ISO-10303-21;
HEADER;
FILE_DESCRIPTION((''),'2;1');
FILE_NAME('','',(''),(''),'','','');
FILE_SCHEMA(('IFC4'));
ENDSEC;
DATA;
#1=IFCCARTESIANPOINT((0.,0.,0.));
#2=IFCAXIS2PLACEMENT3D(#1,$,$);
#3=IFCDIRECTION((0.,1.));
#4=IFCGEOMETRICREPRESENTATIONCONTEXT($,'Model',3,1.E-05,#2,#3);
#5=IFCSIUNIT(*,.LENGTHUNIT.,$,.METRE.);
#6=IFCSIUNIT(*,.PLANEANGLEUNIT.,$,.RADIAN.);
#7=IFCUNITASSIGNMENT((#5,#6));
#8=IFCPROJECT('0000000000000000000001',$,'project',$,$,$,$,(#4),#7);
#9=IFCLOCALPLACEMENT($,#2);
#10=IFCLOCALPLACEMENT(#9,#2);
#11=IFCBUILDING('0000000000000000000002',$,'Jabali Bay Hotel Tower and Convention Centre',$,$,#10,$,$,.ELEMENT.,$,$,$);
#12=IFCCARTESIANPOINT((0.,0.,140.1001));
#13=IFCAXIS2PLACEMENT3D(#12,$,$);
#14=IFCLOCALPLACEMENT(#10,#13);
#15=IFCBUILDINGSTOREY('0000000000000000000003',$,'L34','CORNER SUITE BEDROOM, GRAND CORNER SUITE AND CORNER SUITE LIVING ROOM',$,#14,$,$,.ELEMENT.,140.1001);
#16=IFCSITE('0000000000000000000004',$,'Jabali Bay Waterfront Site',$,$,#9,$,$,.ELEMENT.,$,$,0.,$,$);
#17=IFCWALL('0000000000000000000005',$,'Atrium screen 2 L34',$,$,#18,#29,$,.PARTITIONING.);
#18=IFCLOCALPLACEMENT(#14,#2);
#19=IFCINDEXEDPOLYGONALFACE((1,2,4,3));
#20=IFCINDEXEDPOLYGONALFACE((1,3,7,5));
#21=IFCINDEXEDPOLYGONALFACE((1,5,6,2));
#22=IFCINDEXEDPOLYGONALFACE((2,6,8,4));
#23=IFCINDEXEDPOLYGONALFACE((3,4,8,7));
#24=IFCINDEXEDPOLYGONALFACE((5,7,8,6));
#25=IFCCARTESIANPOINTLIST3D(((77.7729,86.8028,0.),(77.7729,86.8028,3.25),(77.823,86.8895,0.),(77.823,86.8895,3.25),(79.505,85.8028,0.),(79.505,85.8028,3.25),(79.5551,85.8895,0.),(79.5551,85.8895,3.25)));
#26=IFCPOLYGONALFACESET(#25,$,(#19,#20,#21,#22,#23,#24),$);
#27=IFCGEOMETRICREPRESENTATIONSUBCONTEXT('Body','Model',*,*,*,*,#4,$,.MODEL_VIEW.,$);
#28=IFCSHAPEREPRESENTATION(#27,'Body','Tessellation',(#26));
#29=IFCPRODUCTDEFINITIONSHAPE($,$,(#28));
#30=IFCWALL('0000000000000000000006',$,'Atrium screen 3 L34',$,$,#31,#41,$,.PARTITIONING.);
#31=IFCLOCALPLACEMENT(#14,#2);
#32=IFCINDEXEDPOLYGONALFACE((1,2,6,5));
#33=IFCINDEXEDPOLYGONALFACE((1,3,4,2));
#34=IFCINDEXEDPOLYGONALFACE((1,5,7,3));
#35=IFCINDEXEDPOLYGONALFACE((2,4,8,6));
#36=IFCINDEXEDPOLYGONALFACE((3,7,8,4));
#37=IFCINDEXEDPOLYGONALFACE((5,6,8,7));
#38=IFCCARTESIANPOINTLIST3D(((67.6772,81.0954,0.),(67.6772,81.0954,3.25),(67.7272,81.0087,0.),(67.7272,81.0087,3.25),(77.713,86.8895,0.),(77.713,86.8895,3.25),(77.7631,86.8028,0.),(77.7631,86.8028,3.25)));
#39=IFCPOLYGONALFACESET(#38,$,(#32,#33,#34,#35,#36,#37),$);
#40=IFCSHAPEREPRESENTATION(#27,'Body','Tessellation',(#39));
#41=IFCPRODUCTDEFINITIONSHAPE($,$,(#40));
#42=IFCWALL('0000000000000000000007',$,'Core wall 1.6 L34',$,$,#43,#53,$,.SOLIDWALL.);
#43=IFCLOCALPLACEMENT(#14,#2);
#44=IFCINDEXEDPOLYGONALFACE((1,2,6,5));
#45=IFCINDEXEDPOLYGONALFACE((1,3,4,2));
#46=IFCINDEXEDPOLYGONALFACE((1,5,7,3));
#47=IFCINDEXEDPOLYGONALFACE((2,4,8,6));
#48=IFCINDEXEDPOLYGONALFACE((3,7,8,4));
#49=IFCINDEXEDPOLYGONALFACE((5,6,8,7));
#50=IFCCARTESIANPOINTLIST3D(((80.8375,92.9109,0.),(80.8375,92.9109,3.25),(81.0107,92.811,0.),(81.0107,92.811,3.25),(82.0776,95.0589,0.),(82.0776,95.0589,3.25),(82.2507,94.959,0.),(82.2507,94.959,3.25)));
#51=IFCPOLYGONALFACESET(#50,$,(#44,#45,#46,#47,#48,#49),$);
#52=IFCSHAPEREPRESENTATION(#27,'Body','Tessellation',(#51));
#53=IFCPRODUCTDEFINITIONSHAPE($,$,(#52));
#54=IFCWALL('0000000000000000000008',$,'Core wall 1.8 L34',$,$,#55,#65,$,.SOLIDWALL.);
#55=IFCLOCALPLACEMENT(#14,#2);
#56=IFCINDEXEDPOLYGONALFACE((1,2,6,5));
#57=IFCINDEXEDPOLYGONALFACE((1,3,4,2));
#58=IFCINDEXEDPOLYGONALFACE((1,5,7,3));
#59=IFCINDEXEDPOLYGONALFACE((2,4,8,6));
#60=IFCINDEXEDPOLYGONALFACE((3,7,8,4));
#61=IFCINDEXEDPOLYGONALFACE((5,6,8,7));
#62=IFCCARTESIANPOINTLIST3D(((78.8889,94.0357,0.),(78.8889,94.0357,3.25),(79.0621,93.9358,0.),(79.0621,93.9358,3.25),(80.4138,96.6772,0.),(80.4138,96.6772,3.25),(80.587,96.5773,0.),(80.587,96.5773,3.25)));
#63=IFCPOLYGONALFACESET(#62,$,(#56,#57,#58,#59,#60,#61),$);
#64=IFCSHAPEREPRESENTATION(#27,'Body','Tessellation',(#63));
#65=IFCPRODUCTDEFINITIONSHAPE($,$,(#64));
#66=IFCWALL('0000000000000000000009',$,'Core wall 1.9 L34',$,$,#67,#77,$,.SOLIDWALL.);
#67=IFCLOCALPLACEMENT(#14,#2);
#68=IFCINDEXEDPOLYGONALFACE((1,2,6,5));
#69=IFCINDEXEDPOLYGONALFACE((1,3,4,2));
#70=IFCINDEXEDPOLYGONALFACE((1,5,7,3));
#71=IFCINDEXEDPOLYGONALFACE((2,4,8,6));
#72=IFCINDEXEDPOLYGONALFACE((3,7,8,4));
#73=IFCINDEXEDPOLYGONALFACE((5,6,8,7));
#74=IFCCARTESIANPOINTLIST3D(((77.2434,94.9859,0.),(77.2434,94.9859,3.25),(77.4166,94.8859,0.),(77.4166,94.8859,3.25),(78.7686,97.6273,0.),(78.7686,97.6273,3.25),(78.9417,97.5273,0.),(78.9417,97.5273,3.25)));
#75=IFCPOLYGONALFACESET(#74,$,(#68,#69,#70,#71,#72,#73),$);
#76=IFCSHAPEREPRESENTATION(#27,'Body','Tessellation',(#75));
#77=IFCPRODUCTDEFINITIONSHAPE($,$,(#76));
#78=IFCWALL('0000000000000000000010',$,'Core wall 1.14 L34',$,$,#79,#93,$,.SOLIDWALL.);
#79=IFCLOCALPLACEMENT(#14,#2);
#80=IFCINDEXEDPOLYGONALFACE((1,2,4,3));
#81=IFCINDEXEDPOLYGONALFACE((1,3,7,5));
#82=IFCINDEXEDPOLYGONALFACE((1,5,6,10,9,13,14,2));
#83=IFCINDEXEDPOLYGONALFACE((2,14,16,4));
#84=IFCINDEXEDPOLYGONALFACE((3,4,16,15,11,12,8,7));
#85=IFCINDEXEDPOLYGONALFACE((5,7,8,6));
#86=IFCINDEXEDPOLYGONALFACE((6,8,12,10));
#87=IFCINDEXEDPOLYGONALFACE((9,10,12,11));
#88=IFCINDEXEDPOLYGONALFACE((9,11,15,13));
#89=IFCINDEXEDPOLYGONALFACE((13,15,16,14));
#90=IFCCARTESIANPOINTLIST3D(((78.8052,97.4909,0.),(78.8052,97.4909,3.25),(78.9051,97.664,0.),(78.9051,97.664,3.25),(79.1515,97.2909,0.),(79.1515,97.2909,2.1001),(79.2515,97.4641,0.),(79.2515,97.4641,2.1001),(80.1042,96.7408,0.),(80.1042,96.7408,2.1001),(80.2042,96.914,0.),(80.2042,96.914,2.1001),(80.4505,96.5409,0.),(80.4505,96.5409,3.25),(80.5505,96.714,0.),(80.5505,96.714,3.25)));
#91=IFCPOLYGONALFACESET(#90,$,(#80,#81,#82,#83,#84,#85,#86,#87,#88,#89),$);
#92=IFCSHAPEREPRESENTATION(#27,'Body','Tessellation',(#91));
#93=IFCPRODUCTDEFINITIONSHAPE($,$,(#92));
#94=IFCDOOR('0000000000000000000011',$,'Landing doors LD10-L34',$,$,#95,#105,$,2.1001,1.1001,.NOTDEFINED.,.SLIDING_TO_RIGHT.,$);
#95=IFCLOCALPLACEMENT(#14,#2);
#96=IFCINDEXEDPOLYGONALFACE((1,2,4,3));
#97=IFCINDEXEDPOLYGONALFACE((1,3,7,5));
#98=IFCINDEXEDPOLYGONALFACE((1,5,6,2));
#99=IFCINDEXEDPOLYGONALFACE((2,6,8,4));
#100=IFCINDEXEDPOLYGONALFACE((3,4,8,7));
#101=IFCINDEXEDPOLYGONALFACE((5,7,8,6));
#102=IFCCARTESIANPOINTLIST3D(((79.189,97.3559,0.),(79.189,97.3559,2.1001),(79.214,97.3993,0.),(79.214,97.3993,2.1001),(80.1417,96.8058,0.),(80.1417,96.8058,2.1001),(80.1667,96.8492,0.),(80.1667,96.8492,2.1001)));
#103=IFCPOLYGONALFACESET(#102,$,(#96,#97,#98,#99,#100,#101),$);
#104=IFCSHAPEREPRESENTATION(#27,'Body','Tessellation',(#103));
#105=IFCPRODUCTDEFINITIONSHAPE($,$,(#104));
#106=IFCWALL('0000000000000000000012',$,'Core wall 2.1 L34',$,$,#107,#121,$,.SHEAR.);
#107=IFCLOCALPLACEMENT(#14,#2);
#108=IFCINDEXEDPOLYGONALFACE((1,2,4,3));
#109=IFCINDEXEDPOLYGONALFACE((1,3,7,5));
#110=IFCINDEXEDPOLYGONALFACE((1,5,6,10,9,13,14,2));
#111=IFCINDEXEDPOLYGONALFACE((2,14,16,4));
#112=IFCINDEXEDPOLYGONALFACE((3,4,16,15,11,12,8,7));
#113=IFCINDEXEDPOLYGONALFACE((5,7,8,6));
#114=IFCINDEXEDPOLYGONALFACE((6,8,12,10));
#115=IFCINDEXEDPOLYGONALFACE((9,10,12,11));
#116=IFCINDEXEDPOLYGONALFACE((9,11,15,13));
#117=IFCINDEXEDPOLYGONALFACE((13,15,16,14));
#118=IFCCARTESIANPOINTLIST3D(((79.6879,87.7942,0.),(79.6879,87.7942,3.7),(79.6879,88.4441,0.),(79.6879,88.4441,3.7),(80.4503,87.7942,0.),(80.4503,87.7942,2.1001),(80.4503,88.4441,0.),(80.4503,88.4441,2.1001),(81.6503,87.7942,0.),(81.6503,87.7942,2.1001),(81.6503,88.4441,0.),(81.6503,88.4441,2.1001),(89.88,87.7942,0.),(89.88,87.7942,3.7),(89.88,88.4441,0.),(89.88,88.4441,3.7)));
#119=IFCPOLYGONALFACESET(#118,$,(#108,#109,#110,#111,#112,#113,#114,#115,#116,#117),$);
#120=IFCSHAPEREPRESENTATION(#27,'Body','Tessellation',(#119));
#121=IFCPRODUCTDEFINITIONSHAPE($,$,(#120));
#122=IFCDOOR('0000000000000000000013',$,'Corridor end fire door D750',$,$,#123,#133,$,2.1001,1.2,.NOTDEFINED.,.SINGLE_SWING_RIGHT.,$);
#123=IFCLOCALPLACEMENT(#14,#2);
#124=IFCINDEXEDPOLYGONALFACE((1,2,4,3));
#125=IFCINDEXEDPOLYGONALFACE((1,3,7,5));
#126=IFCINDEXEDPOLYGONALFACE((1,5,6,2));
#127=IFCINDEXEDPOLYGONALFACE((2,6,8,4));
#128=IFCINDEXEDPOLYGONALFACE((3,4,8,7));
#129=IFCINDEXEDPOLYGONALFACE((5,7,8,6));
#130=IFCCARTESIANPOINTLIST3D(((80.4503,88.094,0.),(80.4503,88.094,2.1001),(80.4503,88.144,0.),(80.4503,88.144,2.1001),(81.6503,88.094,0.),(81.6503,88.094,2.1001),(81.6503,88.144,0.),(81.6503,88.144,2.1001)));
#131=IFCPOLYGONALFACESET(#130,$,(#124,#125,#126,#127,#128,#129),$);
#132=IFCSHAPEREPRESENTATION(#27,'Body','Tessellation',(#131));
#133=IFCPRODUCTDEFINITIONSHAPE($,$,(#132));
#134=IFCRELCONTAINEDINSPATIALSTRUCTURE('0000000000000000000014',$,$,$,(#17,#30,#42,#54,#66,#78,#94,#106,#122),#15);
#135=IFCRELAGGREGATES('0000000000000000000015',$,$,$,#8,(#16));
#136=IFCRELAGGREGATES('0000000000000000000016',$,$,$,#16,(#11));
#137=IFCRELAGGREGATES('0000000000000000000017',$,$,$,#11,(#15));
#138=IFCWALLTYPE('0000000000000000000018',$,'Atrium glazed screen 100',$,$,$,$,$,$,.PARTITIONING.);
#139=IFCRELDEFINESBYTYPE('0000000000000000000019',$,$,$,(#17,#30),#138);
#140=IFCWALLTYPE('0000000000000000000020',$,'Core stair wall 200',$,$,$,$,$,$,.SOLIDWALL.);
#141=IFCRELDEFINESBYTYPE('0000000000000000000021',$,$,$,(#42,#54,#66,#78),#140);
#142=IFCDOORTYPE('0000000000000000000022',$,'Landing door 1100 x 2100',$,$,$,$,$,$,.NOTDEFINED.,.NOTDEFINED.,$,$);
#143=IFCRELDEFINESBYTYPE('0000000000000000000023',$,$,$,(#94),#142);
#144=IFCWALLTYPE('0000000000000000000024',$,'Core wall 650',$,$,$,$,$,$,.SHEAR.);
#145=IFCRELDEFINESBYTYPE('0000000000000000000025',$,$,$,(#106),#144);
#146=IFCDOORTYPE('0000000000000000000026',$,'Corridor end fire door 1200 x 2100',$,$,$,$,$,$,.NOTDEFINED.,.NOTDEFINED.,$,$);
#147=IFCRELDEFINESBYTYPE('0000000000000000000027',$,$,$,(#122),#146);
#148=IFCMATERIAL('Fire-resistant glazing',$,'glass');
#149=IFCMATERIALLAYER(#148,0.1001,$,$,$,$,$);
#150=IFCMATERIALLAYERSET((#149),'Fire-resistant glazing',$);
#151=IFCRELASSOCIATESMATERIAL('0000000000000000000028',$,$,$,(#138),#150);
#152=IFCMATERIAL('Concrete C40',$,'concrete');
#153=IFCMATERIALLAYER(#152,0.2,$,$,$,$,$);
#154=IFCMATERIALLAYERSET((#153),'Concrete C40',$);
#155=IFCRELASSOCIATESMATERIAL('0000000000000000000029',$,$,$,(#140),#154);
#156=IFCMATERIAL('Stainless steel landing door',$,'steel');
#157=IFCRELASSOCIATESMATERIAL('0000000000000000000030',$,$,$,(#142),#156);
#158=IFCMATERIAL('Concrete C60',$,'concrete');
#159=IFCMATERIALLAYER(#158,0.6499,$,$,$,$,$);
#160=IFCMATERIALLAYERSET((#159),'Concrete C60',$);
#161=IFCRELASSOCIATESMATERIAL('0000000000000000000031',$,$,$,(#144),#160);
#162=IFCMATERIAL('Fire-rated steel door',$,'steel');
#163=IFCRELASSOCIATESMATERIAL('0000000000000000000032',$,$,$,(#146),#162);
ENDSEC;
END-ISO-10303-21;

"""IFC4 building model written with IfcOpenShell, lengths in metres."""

from ifc_helpers import new_model, si_unit, direction, frame, frame_2d, origin, place, context, subcontext, project, spatial, rectangle, extrude, material, layer, layer_set, type_object, element, fill, save


model = new_model("IFC4")

# Units and contexts
model_context = context("Model", 3, precision=1e-05, world=origin(), true_north=direction((0.0, 1.0)))
body_context = subcontext(model_context, "Body", "Model", "MODEL_VIEW")
ifc_project = project(units=[si_unit("LENGTHUNIT", "METRE"), si_unit("PLANEANGLEUNIT", "RADIAN")], contexts=[model_context])

# Site, building, storey
site_placement = place(None, origin())
site = spatial("IfcSite", under=ifc_project, at=site_placement, Name="Jabali Bay Waterfront Site", CompositionType="ELEMENT", RefElevation=0.0)
building_placement = place(site_placement, origin())
building = spatial("IfcBuilding", under=site, at=building_placement, Name="Jabali Bay Hotel Tower and Convention Centre", CompositionType="ELEMENT")
storey_placement = place(building_placement, frame((0.0, 0.0, 140.1001)))
storey = spatial("IfcBuildingStorey", under=building, at=storey_placement, Name="L34", Description="CORNER SUITE BEDROOM, GRAND CORNER SUITE AND CORNER SUITE LIVING ROOM", CompositionType="ELEMENT", Elevation=140.1001)

# Walls
ifc_material_1 = material(Name="Fire-resistant glazing", Category="glass")
ifc_layer_1 = layer(ifc_material_1, 0.1001)
ifc_layer_set_1 = layer_set([ifc_layer_1], Name="Fire-resistant glazing")
wall_type_1 = type_object("IfcWallType", Name="Atrium glazed screen 100", PredefinedType="PARTITIONING", material=ifc_layer_set_1)
wall_1_placement = place(storey_placement, frame((79.53, 85.8462, 0.0), z_axis=(0.0, 0.0, 1.0), x_axis=(-0.866041, 0.499973, 0.0)))
element("IfcWall", 1, at=wall_1_placement, inside=storey, type_object=wall_type_1, Name="Atrium screen 2 L34", PredefinedType="PARTITIONING", context=body_context, shape_type="SweptSolid", body=[
    extrude(rectangle(XDim=2.0, YDim=0.1001, at=frame_2d((1.0, 0.0))), origin(), (0.0, 0.0, 1.0), 3.25),
])
wall_2_placement = place(storey_placement, frame((77.738, 86.8462, 0.0), z_axis=(0.0, 0.0, 1.0), x_axis=(-0.866027, -0.499998, 0.0)))
element("IfcWall", 2, at=wall_2_placement, inside=storey, type_object=wall_type_1, Name="Atrium screen 3 L34", PredefinedType="PARTITIONING", context=body_context, shape_type="SweptSolid", body=[
    extrude(rectangle(XDim=11.5884, YDim=0.1001, at=frame_2d((5.7942, 0.0))), origin(), (0.0, 0.0, 1.0), 3.25),
])
ifc_material_2 = material(Name="Concrete C40", Category="concrete")
ifc_layer_2 = layer(ifc_material_2, 0.2)
ifc_layer_set_2 = layer_set([ifc_layer_2], Name="Concrete C40")
wall_type_2 = type_object("IfcWallType", Name="Core stair wall 200", PredefinedType="SOLIDWALL", material=ifc_layer_set_2)
wall_3_placement = place(storey_placement, frame((80.9241, 92.8608, 0.0), z_axis=(0.0, 0.0, 1.0), x_axis=(0.499961, 0.866048, 0.0)))
element("IfcWall", 3, at=wall_3_placement, inside=storey, type_object=wall_type_2, Name="Core wall 1.6 L34", PredefinedType="SOLIDWALL", context=body_context, shape_type="SweptSolid", body=[
    extrude(rectangle(XDim=2.4802, YDim=0.2, at=frame_2d((1.2402, 0.0))), origin(), (0.0, 0.0, 1.0), 3.25),
])
for number, where, z_axis, x_axis, name in (
    (4, (78.9756, 93.9858, 0.0), (0.0, 0.0, 1.0), (0.499944, 0.866058, 0.0), "Core wall 1.8 L34"),
    (5, (77.3301, 94.936, 0.0), (0.0, 0.0, 1.0), (0.500039, 0.866003, 0.0), "Core wall 1.9 L34"),
):
    element("IfcWall", number, at=place(storey_placement, frame(where, z_axis=z_axis, x_axis=x_axis)), inside=storey, type_object=wall_type_2, Name=name, PredefinedType="SOLIDWALL", context=body_context, shape_type="SweptSolid", body=[
        extrude(rectangle(XDim=3.05, YDim=0.2, at=frame_2d((1.5249, 0.0))), origin(), (0.0, 0.0, 1.0), 3.25),
    ])

# Walls, openings, doors
wall_4_placement = place(storey_placement, frame((80.5005, 96.6274, 0.0), z_axis=(0.0, 0.0, 1.0), x_axis=(-0.866012, 0.500023, 0.0)))
wall_4 = element("IfcWall", 6, at=wall_4_placement, inside=storey, type_object=wall_type_2, Name="Core wall 1.14 L34", PredefinedType="SOLIDWALL", context=body_context, shape_type="SweptSolid", body=[
    extrude(rectangle(XDim=1.8999, YDim=0.2, at=frame_2d((0.95, 0.0))), origin(), (0.0, 0.0, 1.0), 3.25),
])
opening_1_placement = place(wall_4_placement, frame((0.3999, 0.0, 0.0)))
opening_1 = element("IfcOpeningElement", 7, at=opening_1_placement, cuts=wall_4, PredefinedType="OPENING", context=body_context, shape_type="SweptSolid", body=[
    extrude(rectangle(XDim=1.1001, YDim=2.1001, at=frame_2d((0.55, 1.05))), frame((0.0, 0.1104, 0.0), z_axis=(0.0, -1.0, 0.0), x_axis=(1.0, 0.0, 0.0)), (0.0, 0.0, 1.0), 0.2209),
])
ifc_material_3 = material(Name="Stainless steel landing door", Category="steel")
door_type_1 = type_object("IfcDoorType", Name="Landing door 1100 x 2100", OperationType="NOTDEFINED", PredefinedType="NOTDEFINED", material=ifc_material_3)
door_1_placement = place(opening_1_placement, origin())
door_1 = element("IfcDoor", 8, at=door_1_placement, inside=storey, type_object=door_type_1, Name="Landing doors LD10-L34", OperationType="SLIDING_TO_RIGHT", OverallHeight=2.1001, OverallWidth=1.1001, PredefinedType="NOTDEFINED", context=body_context, shape_type="SweptSolid", body=[
    extrude(rectangle(XDim=1.1001, YDim=2.1001, at=frame_2d((0.55, 1.05))), frame((0.0, 0.0249, 0.0), z_axis=(0.0, -1.0, 0.0), x_axis=(1.0, 0.0, 0.0)), (0.0, 0.0, 1.0), 0.05),
])
fill(opening_1, door_1)
ifc_material_4 = material(Name="Concrete C60", Category="concrete")
ifc_layer_3 = layer(ifc_material_4, 0.6499)
ifc_layer_set_3 = layer_set([ifc_layer_3], Name="Concrete C60")
wall_type_3 = type_object("IfcWallType", Name="Core wall 650", PredefinedType="SHEAR", material=ifc_layer_set_3)
wall_5_placement = place(storey_placement, frame((79.6877, 88.1191, 0.0), z_axis=(0.0, 0.0, 1.0), x_axis=(1.0, 0.0, 0.0)))
wall_5 = element("IfcWall", 9, at=wall_5_placement, inside=storey, type_object=wall_type_3, Name="Core wall 2.1 L34", PredefinedType="SHEAR", context=body_context, shape_type="SweptSolid", body=[
    extrude(rectangle(XDim=10.1921, YDim=0.6499, at=frame_2d((5.0962, 0.0))), origin(), (0.0, 0.0, 1.0), 3.7),
])
opening_2_placement = place(wall_5_placement, frame((0.7625, 0.0, 0.0)))
opening_2 = element("IfcOpeningElement", 10, at=opening_2_placement, cuts=wall_5, PredefinedType="OPENING", context=body_context, shape_type="SweptSolid", body=[
    extrude(rectangle(XDim=1.2, YDim=2.1001, at=frame_2d((0.6001, 1.05))), frame((0.0, 0.3354, 0.0), z_axis=(0.0, -1.0, 0.0), x_axis=(1.0, 0.0, 0.0)), (0.0, 0.0, 1.0), 0.6709),
])
ifc_material_5 = material(Name="Fire-rated steel door", Category="steel")
door_type_2 = type_object("IfcDoorType", Name="Corridor end fire door 1200 x 2100", OperationType="NOTDEFINED", PredefinedType="NOTDEFINED", material=ifc_material_5)
door_2_placement = place(opening_2_placement, origin())
door_2 = element("IfcDoor", 11, at=door_2_placement, inside=storey, type_object=door_type_2, Name="Corridor end fire door D750", OperationType="SINGLE_SWING_RIGHT", OverallHeight=2.1001, OverallWidth=1.2, PredefinedType="NOTDEFINED", context=body_context, shape_type="SweptSolid", body=[
    extrude(rectangle(XDim=1.2, YDim=2.1001, at=frame_2d((0.6001, 1.05))), frame((0.0, 0.0249, 0.0), z_axis=(0.0, -1.0, 0.0), x_axis=(1.0, 0.0, 0.0)), (0.0, 0.0, 1.0), 0.05),
])
fill(opening_2, door_2)

save(model, "model.ifc")
